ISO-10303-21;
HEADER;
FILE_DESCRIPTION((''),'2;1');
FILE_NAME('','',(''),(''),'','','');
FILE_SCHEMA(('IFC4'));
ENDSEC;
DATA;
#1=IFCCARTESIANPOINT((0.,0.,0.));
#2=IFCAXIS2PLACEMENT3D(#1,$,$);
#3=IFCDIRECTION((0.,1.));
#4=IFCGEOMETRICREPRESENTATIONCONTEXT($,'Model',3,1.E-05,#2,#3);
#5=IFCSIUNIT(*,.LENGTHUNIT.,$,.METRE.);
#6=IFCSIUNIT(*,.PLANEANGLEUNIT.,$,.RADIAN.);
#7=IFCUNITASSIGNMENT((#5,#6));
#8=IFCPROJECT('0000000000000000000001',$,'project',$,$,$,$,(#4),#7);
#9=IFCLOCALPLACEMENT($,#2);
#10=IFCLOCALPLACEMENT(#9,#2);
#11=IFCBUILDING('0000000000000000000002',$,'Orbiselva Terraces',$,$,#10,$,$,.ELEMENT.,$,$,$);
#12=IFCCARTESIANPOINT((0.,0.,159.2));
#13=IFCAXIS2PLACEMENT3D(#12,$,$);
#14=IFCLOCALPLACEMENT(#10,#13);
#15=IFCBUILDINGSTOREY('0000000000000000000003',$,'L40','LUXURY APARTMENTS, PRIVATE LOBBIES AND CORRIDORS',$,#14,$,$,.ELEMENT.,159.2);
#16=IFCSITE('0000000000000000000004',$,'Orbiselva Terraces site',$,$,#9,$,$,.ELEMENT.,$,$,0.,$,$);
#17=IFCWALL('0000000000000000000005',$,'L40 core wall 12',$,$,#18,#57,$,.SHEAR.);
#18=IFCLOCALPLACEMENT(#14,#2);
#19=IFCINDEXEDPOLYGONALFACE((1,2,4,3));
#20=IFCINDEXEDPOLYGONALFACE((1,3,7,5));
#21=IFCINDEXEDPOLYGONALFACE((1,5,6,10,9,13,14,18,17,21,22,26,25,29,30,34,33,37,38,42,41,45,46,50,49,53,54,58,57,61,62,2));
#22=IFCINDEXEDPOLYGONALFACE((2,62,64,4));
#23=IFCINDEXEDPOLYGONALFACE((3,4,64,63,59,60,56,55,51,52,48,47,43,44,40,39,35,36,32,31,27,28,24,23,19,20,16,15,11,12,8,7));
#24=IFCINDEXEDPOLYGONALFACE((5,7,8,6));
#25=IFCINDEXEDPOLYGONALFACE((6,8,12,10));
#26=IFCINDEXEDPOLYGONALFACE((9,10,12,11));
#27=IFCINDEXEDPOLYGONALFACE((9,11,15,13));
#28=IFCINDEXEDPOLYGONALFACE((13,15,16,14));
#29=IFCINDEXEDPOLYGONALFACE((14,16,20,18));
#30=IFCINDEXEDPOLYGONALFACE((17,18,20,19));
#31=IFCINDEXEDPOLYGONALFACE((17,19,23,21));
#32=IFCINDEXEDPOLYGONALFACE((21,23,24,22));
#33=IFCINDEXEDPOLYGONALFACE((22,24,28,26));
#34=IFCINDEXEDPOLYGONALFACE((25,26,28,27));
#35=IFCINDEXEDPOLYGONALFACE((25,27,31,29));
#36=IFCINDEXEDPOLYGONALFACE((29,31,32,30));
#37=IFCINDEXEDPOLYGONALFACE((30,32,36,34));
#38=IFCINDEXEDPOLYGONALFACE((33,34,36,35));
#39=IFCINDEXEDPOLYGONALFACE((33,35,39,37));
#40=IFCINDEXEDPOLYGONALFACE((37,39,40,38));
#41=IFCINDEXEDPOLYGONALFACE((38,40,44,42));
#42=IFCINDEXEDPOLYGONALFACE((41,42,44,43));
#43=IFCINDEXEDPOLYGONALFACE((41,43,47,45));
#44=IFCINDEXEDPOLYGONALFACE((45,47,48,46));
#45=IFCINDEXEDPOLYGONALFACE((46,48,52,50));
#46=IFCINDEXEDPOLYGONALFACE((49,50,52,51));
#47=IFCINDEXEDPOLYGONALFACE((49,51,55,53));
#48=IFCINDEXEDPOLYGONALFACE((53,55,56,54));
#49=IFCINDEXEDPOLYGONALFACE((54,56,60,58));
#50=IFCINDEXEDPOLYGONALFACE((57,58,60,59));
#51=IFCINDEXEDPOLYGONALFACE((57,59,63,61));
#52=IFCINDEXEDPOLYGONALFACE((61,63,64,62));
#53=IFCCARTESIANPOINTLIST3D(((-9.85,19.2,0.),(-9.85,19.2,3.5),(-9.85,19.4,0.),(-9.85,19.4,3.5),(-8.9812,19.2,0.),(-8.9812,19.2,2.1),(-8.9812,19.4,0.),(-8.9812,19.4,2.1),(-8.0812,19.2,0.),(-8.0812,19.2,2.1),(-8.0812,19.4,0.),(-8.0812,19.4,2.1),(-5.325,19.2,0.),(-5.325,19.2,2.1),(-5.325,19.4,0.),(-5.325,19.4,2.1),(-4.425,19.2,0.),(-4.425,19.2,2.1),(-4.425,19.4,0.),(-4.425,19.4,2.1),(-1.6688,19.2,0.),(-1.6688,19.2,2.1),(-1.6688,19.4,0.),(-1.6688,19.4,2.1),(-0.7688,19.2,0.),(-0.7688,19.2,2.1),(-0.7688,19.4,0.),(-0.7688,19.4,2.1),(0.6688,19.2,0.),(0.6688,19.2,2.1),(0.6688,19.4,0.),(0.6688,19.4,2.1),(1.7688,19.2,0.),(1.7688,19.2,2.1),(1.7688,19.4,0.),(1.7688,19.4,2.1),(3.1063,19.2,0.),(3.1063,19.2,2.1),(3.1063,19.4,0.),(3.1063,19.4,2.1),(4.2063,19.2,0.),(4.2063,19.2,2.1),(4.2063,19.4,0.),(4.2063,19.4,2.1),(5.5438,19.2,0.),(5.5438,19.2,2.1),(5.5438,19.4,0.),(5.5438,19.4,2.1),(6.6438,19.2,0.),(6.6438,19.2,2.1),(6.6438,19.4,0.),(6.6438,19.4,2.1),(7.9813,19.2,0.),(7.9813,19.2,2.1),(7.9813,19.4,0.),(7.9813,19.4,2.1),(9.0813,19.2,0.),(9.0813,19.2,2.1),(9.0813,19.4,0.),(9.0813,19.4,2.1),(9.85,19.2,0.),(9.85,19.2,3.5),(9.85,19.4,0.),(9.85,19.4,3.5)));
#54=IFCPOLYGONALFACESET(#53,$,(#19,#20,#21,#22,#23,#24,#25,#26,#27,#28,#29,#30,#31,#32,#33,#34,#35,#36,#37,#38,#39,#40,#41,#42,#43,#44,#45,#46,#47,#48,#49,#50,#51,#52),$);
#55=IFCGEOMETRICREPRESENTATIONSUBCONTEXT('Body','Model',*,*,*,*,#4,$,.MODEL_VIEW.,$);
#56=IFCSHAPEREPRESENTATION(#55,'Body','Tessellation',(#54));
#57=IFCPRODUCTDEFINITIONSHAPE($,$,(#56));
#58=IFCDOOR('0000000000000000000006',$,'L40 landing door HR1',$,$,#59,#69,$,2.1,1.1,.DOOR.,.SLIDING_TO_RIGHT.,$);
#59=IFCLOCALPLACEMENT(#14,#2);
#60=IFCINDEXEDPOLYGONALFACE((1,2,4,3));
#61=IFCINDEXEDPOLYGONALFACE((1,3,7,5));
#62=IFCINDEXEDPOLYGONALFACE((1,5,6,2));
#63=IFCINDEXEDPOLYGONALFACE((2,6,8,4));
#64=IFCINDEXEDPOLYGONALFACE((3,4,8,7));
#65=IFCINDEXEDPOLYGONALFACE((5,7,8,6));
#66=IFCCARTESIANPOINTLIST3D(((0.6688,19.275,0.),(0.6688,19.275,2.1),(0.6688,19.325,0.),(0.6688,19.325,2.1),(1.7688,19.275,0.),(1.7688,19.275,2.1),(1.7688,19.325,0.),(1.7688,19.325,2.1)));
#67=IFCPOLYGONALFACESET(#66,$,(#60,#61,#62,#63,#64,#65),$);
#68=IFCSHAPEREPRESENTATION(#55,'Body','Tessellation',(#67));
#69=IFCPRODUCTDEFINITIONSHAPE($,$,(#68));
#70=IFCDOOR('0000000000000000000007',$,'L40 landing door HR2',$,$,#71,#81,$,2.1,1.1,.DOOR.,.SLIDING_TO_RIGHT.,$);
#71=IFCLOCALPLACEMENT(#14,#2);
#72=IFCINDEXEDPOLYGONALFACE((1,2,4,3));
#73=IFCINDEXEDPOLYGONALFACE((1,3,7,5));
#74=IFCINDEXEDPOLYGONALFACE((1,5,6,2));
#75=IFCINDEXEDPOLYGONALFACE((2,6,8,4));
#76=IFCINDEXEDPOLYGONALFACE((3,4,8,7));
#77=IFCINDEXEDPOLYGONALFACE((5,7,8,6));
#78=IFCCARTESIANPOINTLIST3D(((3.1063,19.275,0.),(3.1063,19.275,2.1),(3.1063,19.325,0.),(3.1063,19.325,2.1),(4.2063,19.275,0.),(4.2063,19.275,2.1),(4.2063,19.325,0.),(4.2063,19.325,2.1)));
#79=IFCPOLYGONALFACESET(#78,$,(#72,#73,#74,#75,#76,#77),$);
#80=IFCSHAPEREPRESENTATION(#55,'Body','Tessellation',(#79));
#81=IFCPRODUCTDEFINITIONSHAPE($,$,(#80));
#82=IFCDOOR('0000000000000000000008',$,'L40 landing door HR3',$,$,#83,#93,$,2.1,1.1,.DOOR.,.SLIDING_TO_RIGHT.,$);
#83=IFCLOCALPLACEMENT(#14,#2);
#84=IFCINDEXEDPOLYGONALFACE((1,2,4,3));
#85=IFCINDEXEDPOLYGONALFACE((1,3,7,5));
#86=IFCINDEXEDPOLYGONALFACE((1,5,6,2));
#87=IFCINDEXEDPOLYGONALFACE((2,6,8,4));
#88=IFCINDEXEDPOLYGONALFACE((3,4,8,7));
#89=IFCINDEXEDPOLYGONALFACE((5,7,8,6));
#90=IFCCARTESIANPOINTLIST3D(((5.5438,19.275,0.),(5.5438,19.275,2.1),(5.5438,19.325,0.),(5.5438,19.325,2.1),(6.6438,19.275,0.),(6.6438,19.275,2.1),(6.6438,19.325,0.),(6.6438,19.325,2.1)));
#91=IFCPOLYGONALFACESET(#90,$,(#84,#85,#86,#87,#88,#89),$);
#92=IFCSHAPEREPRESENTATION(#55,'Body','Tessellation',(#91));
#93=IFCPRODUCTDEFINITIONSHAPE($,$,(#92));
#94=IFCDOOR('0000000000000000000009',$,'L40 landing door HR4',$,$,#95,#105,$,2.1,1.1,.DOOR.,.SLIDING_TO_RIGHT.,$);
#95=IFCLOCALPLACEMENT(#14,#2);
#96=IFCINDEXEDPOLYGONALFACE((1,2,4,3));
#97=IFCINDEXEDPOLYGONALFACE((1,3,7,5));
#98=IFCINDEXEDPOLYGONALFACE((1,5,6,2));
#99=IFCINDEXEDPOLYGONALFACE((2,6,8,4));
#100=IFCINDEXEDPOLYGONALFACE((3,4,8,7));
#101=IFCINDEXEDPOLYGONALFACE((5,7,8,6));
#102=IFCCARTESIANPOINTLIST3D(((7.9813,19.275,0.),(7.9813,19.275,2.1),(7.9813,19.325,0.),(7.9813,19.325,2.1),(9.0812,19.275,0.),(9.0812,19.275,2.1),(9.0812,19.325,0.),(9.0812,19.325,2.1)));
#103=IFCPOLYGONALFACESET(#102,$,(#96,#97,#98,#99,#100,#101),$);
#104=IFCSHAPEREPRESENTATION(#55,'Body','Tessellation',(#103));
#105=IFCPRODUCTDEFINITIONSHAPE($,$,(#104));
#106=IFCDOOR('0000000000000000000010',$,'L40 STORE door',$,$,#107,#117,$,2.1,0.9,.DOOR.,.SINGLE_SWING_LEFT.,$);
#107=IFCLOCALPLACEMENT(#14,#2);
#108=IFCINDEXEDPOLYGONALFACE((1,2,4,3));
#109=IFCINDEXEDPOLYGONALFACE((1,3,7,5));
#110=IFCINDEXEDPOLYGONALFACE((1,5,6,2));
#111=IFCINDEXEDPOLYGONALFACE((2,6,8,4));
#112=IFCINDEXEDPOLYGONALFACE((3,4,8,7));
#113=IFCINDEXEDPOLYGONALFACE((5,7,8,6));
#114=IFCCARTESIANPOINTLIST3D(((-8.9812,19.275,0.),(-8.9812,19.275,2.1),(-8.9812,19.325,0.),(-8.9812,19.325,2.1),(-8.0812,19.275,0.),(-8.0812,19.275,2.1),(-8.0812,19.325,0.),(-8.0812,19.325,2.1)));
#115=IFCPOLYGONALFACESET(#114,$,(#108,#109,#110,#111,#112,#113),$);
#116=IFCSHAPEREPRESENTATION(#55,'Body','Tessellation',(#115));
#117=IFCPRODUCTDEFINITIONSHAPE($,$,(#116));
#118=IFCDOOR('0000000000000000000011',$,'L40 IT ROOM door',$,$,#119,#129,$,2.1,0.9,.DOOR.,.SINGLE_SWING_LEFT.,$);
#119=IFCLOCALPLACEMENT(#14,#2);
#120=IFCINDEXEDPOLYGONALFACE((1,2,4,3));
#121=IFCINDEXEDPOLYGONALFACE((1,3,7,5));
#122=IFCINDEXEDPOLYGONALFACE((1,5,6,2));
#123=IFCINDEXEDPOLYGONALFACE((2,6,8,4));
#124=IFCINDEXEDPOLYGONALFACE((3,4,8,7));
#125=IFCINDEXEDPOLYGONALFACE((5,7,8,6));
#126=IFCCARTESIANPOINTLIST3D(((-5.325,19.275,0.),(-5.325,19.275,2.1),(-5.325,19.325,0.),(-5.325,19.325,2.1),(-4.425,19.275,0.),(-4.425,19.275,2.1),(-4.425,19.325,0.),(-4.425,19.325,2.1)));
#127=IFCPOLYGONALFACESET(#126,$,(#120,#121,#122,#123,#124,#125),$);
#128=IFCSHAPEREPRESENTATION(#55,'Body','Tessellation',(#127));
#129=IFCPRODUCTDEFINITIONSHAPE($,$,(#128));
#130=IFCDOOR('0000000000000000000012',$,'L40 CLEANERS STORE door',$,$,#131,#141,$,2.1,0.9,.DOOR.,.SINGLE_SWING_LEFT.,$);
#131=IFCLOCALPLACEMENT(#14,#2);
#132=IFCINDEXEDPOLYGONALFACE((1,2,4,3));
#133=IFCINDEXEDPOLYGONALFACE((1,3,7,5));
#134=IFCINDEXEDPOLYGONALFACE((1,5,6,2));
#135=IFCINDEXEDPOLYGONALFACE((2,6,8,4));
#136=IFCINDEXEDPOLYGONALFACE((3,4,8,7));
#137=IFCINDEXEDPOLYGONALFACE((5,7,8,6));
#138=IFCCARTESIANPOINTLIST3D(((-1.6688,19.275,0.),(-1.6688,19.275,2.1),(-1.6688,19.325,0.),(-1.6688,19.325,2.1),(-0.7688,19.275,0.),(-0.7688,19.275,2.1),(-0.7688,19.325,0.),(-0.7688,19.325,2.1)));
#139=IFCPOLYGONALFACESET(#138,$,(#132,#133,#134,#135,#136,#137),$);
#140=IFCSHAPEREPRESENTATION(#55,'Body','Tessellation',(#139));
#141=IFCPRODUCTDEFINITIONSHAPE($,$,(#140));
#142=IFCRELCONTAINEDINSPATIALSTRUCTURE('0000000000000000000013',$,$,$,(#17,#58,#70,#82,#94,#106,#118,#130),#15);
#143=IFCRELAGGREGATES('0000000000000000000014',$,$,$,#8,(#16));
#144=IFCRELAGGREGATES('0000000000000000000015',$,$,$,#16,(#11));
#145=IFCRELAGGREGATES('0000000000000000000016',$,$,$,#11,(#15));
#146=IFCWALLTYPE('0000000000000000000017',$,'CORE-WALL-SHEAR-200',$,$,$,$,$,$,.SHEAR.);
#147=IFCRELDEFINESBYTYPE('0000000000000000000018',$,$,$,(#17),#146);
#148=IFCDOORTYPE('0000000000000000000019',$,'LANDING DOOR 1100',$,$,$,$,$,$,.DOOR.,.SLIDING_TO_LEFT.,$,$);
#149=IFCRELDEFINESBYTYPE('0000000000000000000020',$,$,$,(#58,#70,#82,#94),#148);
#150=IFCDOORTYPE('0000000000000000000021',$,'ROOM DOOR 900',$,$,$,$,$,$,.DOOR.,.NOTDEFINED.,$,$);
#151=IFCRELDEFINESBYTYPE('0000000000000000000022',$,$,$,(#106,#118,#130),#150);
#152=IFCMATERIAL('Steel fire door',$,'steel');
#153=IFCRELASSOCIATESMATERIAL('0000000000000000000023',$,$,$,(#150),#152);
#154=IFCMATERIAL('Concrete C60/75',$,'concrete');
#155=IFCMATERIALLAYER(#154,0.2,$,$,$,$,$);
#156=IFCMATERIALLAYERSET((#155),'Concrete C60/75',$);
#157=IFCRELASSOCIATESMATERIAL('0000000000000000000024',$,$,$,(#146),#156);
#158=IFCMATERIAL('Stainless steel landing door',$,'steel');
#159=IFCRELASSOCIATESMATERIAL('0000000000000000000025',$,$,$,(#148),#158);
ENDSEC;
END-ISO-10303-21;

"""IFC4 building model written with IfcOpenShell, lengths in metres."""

from ifc_helpers import new_model, si_unit, direction, frame, frame_2d, origin, place, context, subcontext, project, spatial, rectangle, extrude, material, layer, layer_set, type_object, element, fill, save


model = new_model("IFC4")

# Units and contexts
model_context = context("Model", 3, precision=1e-05, world=origin(), true_north=direction((0.0, 1.0)))
body_context = subcontext(model_context, "Body", "Model", "MODEL_VIEW")
ifc_project = project(units=[si_unit("LENGTHUNIT", "METRE"), si_unit("PLANEANGLEUNIT", "RADIAN")], contexts=[model_context])

# Site, building, storey
site_placement = place(None, origin())
site = spatial("IfcSite", under=ifc_project, at=site_placement, Name="Orbiselva Terraces site", CompositionType="ELEMENT", RefElevation=0.0)
building_placement = place(site_placement, origin())
building = spatial("IfcBuilding", under=site, at=building_placement, Name="Orbiselva Terraces", CompositionType="ELEMENT")
storey_placement = place(building_placement, frame((0.0, 0.0, 159.2)))
storey = spatial("IfcBuildingStorey", under=building, at=storey_placement, Name="L40", Description="LUXURY APARTMENTS, PRIVATE LOBBIES AND CORRIDORS", CompositionType="ELEMENT", Elevation=159.2)

# Shared definitions
ifc_material_1 = material(Name="Steel fire door", Category="steel")
door_type_1 = type_object("IfcDoorType", Name="ROOM DOOR 900", OperationType="NOTDEFINED", PredefinedType="DOOR", material=ifc_material_1)

# Shared definitions
ifc_material_2 = material(Name="Concrete C60/75", Category="concrete")
ifc_layer_1 = layer(ifc_material_2, 0.2)
ifc_layer_set_1 = layer_set([ifc_layer_1], Name="Concrete C60/75")
wall_type_1 = type_object("IfcWallType", Name="CORE-WALL-SHEAR-200", PredefinedType="SHEAR", material=ifc_layer_set_1)

# Wall, openings, doors
wall_1_placement = place(storey_placement, frame((-9.85, 19.3, 0.0), z_axis=(0.0, 0.0, 1.0), x_axis=(1.0, 0.0, 0.0)))
wall_1 = element("IfcWall", 1, at=wall_1_placement, inside=storey, type_object=wall_type_1, Name="L40 core wall 12", PredefinedType="SHEAR", context=body_context, shape_type="SweptSolid", body=[
    extrude(rectangle(XDim=19.7, YDim=0.2, at=frame_2d((9.85, 0.0))), origin(), (0.0, 0.0, 1.0), 3.5),
])
opening_1_placement = place(wall_1_placement, frame((10.5188, 0.0, 0.0)))
opening_1 = element("IfcOpeningElement", 2, at=opening_1_placement, cuts=wall_1, PredefinedType="OPENING", context=body_context, shape_type="SweptSolid", body=[
    extrude(rectangle(XDim=1.1, YDim=2.1, at=frame_2d((0.55, 1.05))), frame((0.0, 0.11, 0.0), z_axis=(0.0, -1.0, 0.0), x_axis=(1.0, 0.0, 0.0)), (0.0, 0.0, 1.0), 0.22),
])
opening_2_placement = place(wall_1_placement, frame((12.9563, 0.0, 0.0)))
opening_2 = element("IfcOpeningElement", 3, at=opening_2_placement, cuts=wall_1, PredefinedType="OPENING", context=body_context, shape_type="SweptSolid", body=[
    extrude(rectangle(XDim=1.1, YDim=2.1, at=frame_2d((0.55, 1.05))), frame((0.0, 0.11, 0.0), z_axis=(0.0, -1.0, 0.0), x_axis=(1.0, 0.0, 0.0)), (0.0, 0.0, 1.0), 0.22),
])
opening_3_placement = place(wall_1_placement, frame((15.3938, 0.0, 0.0)))
opening_3 = element("IfcOpeningElement", 4, at=opening_3_placement, cuts=wall_1, PredefinedType="OPENING", context=body_context, shape_type="SweptSolid", body=[
    extrude(rectangle(XDim=1.1, YDim=2.1, at=frame_2d((0.55, 1.05))), frame((0.0, 0.11, 0.0), z_axis=(0.0, -1.0, 0.0), x_axis=(1.0, 0.0, 0.0)), (0.0, 0.0, 1.0), 0.22),
])
opening_4_placement = place(wall_1_placement, frame((17.8313, 0.0, 0.0)))
opening_4 = element("IfcOpeningElement", 5, at=opening_4_placement, cuts=wall_1, PredefinedType="OPENING", context=body_context, shape_type="SweptSolid", body=[
    extrude(rectangle(XDim=1.1, YDim=2.1, at=frame_2d((0.55, 1.05))), frame((0.0, 0.11, 0.0), z_axis=(0.0, -1.0, 0.0), x_axis=(1.0, 0.0, 0.0)), (0.0, 0.0, 1.0), 0.22),
])
opening_5_placement = place(wall_1_placement, frame((0.8688, 0.0, 0.0)))
opening_5 = element("IfcOpeningElement", 6, at=opening_5_placement, cuts=wall_1, PredefinedType="OPENING", context=body_context, shape_type="SweptSolid", body=[
    extrude(rectangle(XDim=0.9, YDim=2.1, at=frame_2d((0.45, 1.05))), frame((0.0, 0.11, 0.0), z_axis=(0.0, -1.0, 0.0), x_axis=(1.0, 0.0, 0.0)), (0.0, 0.0, 1.0), 0.22),
])
opening_6_placement = place(wall_1_placement, frame((4.525, 0.0, 0.0)))
opening_6 = element("IfcOpeningElement", 7, at=opening_6_placement, cuts=wall_1, PredefinedType="OPENING", context=body_context, shape_type="SweptSolid", body=[
    extrude(rectangle(XDim=0.9, YDim=2.1, at=frame_2d((0.45, 1.05))), frame((0.0, 0.11, 0.0), z_axis=(0.0, -1.0, 0.0), x_axis=(1.0, 0.0, 0.0)), (0.0, 0.0, 1.0), 0.22),
])
opening_7_placement = place(wall_1_placement, frame((8.1812, 0.0, 0.0)))
opening_7 = element("IfcOpeningElement", 8, at=opening_7_placement, cuts=wall_1, PredefinedType="OPENING", context=body_context, shape_type="SweptSolid", body=[
    extrude(rectangle(XDim=0.9, YDim=2.1, at=frame_2d((0.45, 1.05))), frame((0.0, 0.11, 0.0), z_axis=(0.0, -1.0, 0.0), x_axis=(1.0, 0.0, 0.0)), (0.0, 0.0, 1.0), 0.22),
])
ifc_material_3 = material(Name="Stainless steel landing door", Category="steel")
door_type_2 = type_object("IfcDoorType", Name="LANDING DOOR 1100", OperationType="SLIDING_TO_LEFT", PredefinedType="DOOR", material=ifc_material_3)
door_1_placement = place(opening_1_placement, origin())
door_1 = element("IfcDoor", 9, at=door_1_placement, inside=storey, type_object=door_type_2, Name="L40 landing door HR1", OperationType="SLIDING_TO_RIGHT", OverallHeight=2.1, OverallWidth=1.1, PredefinedType="DOOR", context=body_context, shape_type="SweptSolid", body=[
    extrude(rectangle(XDim=1.1, YDim=2.1, at=frame_2d((0.55, 1.05))), frame((0.0, 0.025, 0.0), z_axis=(0.0, -1.0, 0.0), x_axis=(1.0, 0.0, 0.0)), (0.0, 0.0, 1.0), 0.05),
])
fill(opening_1, door_1)
door_2_placement = place(opening_2_placement, origin())
door_2 = element("IfcDoor", 10, at=door_2_placement, inside=storey, type_object=door_type_2, Name="L40 landing door HR2", OperationType="SLIDING_TO_RIGHT", OverallHeight=2.1, OverallWidth=1.1, PredefinedType="DOOR", context=body_context, shape_type="SweptSolid", body=[
    extrude(rectangle(XDim=1.1, YDim=2.1, at=frame_2d((0.55, 1.05))), frame((0.0, 0.025, 0.0), z_axis=(0.0, -1.0, 0.0), x_axis=(1.0, 0.0, 0.0)), (0.0, 0.0, 1.0), 0.05),
])
fill(opening_2, door_2)
door_3_placement = place(opening_3_placement, origin())
door_3 = element("IfcDoor", 11, at=door_3_placement, inside=storey, type_object=door_type_2, Name="L40 landing door HR3", OperationType="SLIDING_TO_RIGHT", OverallHeight=2.1, OverallWidth=1.1, PredefinedType="DOOR", context=body_context, shape_type="SweptSolid", body=[
    extrude(rectangle(XDim=1.1, YDim=2.1, at=frame_2d((0.55, 1.05))), frame((0.0, 0.025, 0.0), z_axis=(0.0, -1.0, 0.0), x_axis=(1.0, 0.0, 0.0)), (0.0, 0.0, 1.0), 0.05),
])
fill(opening_3, door_3)
door_4_placement = place(opening_4_placement, origin())
door_4 = element("IfcDoor", 12, at=door_4_placement, inside=storey, type_object=door_type_2, Name="L40 landing door HR4", OperationType="SLIDING_TO_RIGHT", OverallHeight=2.1, OverallWidth=1.1, PredefinedType="DOOR", context=body_context, shape_type="SweptSolid", body=[
    extrude(rectangle(XDim=1.1, YDim=2.1, at=frame_2d((0.55, 1.05))), frame((0.0, 0.025, 0.0), z_axis=(0.0, -1.0, 0.0), x_axis=(1.0, 0.0, 0.0)), (0.0, 0.0, 1.0), 0.05),
])
fill(opening_4, door_4)
door_5_placement = place(opening_5_placement, origin())
door_5 = element("IfcDoor", 13, at=door_5_placement, inside=storey, type_object=door_type_1, Name="L40 STORE door", OperationType="SINGLE_SWING_LEFT", OverallHeight=2.1, OverallWidth=0.9, PredefinedType="DOOR", context=body_context, shape_type="SweptSolid", body=[
    extrude(rectangle(XDim=0.9, YDim=2.1, at=frame_2d((0.45, 1.05))), frame((0.0, 0.025, 0.0), z_axis=(0.0, -1.0, 0.0), x_axis=(1.0, 0.0, 0.0)), (0.0, 0.0, 1.0), 0.05),
])
fill(opening_5, door_5)
door_6_placement = place(opening_6_placement, origin())
door_6 = element("IfcDoor", 14, at=door_6_placement, inside=storey, type_object=door_type_1, Name="L40 IT ROOM door", OperationType="SINGLE_SWING_LEFT", OverallHeight=2.1, OverallWidth=0.9, PredefinedType="DOOR", context=body_context, shape_type="SweptSolid", body=[
    extrude(rectangle(XDim=0.9, YDim=2.1, at=frame_2d((0.45, 1.05))), frame((0.0, 0.025, 0.0), z_axis=(0.0, -1.0, 0.0), x_axis=(1.0, 0.0, 0.0)), (0.0, 0.0, 1.0), 0.05),
])
fill(opening_6, door_6)
door_7_placement = place(opening_7_placement, origin())
door_7 = element("IfcDoor", 15, at=door_7_placement, inside=storey, type_object=door_type_1, Name="L40 CLEANERS STORE door", OperationType="SINGLE_SWING_LEFT", OverallHeight=2.1, OverallWidth=0.9, PredefinedType="DOOR", context=body_context, shape_type="SweptSolid", body=[
    extrude(rectangle(XDim=0.9, YDim=2.1, at=frame_2d((0.45, 1.05))), frame((0.0, 0.025, 0.0), z_axis=(0.0, -1.0, 0.0), x_axis=(1.0, 0.0, 0.0)), (0.0, 0.0, 1.0), 0.05),
])
fill(opening_7, door_7)

save(model, "model.ifc")
